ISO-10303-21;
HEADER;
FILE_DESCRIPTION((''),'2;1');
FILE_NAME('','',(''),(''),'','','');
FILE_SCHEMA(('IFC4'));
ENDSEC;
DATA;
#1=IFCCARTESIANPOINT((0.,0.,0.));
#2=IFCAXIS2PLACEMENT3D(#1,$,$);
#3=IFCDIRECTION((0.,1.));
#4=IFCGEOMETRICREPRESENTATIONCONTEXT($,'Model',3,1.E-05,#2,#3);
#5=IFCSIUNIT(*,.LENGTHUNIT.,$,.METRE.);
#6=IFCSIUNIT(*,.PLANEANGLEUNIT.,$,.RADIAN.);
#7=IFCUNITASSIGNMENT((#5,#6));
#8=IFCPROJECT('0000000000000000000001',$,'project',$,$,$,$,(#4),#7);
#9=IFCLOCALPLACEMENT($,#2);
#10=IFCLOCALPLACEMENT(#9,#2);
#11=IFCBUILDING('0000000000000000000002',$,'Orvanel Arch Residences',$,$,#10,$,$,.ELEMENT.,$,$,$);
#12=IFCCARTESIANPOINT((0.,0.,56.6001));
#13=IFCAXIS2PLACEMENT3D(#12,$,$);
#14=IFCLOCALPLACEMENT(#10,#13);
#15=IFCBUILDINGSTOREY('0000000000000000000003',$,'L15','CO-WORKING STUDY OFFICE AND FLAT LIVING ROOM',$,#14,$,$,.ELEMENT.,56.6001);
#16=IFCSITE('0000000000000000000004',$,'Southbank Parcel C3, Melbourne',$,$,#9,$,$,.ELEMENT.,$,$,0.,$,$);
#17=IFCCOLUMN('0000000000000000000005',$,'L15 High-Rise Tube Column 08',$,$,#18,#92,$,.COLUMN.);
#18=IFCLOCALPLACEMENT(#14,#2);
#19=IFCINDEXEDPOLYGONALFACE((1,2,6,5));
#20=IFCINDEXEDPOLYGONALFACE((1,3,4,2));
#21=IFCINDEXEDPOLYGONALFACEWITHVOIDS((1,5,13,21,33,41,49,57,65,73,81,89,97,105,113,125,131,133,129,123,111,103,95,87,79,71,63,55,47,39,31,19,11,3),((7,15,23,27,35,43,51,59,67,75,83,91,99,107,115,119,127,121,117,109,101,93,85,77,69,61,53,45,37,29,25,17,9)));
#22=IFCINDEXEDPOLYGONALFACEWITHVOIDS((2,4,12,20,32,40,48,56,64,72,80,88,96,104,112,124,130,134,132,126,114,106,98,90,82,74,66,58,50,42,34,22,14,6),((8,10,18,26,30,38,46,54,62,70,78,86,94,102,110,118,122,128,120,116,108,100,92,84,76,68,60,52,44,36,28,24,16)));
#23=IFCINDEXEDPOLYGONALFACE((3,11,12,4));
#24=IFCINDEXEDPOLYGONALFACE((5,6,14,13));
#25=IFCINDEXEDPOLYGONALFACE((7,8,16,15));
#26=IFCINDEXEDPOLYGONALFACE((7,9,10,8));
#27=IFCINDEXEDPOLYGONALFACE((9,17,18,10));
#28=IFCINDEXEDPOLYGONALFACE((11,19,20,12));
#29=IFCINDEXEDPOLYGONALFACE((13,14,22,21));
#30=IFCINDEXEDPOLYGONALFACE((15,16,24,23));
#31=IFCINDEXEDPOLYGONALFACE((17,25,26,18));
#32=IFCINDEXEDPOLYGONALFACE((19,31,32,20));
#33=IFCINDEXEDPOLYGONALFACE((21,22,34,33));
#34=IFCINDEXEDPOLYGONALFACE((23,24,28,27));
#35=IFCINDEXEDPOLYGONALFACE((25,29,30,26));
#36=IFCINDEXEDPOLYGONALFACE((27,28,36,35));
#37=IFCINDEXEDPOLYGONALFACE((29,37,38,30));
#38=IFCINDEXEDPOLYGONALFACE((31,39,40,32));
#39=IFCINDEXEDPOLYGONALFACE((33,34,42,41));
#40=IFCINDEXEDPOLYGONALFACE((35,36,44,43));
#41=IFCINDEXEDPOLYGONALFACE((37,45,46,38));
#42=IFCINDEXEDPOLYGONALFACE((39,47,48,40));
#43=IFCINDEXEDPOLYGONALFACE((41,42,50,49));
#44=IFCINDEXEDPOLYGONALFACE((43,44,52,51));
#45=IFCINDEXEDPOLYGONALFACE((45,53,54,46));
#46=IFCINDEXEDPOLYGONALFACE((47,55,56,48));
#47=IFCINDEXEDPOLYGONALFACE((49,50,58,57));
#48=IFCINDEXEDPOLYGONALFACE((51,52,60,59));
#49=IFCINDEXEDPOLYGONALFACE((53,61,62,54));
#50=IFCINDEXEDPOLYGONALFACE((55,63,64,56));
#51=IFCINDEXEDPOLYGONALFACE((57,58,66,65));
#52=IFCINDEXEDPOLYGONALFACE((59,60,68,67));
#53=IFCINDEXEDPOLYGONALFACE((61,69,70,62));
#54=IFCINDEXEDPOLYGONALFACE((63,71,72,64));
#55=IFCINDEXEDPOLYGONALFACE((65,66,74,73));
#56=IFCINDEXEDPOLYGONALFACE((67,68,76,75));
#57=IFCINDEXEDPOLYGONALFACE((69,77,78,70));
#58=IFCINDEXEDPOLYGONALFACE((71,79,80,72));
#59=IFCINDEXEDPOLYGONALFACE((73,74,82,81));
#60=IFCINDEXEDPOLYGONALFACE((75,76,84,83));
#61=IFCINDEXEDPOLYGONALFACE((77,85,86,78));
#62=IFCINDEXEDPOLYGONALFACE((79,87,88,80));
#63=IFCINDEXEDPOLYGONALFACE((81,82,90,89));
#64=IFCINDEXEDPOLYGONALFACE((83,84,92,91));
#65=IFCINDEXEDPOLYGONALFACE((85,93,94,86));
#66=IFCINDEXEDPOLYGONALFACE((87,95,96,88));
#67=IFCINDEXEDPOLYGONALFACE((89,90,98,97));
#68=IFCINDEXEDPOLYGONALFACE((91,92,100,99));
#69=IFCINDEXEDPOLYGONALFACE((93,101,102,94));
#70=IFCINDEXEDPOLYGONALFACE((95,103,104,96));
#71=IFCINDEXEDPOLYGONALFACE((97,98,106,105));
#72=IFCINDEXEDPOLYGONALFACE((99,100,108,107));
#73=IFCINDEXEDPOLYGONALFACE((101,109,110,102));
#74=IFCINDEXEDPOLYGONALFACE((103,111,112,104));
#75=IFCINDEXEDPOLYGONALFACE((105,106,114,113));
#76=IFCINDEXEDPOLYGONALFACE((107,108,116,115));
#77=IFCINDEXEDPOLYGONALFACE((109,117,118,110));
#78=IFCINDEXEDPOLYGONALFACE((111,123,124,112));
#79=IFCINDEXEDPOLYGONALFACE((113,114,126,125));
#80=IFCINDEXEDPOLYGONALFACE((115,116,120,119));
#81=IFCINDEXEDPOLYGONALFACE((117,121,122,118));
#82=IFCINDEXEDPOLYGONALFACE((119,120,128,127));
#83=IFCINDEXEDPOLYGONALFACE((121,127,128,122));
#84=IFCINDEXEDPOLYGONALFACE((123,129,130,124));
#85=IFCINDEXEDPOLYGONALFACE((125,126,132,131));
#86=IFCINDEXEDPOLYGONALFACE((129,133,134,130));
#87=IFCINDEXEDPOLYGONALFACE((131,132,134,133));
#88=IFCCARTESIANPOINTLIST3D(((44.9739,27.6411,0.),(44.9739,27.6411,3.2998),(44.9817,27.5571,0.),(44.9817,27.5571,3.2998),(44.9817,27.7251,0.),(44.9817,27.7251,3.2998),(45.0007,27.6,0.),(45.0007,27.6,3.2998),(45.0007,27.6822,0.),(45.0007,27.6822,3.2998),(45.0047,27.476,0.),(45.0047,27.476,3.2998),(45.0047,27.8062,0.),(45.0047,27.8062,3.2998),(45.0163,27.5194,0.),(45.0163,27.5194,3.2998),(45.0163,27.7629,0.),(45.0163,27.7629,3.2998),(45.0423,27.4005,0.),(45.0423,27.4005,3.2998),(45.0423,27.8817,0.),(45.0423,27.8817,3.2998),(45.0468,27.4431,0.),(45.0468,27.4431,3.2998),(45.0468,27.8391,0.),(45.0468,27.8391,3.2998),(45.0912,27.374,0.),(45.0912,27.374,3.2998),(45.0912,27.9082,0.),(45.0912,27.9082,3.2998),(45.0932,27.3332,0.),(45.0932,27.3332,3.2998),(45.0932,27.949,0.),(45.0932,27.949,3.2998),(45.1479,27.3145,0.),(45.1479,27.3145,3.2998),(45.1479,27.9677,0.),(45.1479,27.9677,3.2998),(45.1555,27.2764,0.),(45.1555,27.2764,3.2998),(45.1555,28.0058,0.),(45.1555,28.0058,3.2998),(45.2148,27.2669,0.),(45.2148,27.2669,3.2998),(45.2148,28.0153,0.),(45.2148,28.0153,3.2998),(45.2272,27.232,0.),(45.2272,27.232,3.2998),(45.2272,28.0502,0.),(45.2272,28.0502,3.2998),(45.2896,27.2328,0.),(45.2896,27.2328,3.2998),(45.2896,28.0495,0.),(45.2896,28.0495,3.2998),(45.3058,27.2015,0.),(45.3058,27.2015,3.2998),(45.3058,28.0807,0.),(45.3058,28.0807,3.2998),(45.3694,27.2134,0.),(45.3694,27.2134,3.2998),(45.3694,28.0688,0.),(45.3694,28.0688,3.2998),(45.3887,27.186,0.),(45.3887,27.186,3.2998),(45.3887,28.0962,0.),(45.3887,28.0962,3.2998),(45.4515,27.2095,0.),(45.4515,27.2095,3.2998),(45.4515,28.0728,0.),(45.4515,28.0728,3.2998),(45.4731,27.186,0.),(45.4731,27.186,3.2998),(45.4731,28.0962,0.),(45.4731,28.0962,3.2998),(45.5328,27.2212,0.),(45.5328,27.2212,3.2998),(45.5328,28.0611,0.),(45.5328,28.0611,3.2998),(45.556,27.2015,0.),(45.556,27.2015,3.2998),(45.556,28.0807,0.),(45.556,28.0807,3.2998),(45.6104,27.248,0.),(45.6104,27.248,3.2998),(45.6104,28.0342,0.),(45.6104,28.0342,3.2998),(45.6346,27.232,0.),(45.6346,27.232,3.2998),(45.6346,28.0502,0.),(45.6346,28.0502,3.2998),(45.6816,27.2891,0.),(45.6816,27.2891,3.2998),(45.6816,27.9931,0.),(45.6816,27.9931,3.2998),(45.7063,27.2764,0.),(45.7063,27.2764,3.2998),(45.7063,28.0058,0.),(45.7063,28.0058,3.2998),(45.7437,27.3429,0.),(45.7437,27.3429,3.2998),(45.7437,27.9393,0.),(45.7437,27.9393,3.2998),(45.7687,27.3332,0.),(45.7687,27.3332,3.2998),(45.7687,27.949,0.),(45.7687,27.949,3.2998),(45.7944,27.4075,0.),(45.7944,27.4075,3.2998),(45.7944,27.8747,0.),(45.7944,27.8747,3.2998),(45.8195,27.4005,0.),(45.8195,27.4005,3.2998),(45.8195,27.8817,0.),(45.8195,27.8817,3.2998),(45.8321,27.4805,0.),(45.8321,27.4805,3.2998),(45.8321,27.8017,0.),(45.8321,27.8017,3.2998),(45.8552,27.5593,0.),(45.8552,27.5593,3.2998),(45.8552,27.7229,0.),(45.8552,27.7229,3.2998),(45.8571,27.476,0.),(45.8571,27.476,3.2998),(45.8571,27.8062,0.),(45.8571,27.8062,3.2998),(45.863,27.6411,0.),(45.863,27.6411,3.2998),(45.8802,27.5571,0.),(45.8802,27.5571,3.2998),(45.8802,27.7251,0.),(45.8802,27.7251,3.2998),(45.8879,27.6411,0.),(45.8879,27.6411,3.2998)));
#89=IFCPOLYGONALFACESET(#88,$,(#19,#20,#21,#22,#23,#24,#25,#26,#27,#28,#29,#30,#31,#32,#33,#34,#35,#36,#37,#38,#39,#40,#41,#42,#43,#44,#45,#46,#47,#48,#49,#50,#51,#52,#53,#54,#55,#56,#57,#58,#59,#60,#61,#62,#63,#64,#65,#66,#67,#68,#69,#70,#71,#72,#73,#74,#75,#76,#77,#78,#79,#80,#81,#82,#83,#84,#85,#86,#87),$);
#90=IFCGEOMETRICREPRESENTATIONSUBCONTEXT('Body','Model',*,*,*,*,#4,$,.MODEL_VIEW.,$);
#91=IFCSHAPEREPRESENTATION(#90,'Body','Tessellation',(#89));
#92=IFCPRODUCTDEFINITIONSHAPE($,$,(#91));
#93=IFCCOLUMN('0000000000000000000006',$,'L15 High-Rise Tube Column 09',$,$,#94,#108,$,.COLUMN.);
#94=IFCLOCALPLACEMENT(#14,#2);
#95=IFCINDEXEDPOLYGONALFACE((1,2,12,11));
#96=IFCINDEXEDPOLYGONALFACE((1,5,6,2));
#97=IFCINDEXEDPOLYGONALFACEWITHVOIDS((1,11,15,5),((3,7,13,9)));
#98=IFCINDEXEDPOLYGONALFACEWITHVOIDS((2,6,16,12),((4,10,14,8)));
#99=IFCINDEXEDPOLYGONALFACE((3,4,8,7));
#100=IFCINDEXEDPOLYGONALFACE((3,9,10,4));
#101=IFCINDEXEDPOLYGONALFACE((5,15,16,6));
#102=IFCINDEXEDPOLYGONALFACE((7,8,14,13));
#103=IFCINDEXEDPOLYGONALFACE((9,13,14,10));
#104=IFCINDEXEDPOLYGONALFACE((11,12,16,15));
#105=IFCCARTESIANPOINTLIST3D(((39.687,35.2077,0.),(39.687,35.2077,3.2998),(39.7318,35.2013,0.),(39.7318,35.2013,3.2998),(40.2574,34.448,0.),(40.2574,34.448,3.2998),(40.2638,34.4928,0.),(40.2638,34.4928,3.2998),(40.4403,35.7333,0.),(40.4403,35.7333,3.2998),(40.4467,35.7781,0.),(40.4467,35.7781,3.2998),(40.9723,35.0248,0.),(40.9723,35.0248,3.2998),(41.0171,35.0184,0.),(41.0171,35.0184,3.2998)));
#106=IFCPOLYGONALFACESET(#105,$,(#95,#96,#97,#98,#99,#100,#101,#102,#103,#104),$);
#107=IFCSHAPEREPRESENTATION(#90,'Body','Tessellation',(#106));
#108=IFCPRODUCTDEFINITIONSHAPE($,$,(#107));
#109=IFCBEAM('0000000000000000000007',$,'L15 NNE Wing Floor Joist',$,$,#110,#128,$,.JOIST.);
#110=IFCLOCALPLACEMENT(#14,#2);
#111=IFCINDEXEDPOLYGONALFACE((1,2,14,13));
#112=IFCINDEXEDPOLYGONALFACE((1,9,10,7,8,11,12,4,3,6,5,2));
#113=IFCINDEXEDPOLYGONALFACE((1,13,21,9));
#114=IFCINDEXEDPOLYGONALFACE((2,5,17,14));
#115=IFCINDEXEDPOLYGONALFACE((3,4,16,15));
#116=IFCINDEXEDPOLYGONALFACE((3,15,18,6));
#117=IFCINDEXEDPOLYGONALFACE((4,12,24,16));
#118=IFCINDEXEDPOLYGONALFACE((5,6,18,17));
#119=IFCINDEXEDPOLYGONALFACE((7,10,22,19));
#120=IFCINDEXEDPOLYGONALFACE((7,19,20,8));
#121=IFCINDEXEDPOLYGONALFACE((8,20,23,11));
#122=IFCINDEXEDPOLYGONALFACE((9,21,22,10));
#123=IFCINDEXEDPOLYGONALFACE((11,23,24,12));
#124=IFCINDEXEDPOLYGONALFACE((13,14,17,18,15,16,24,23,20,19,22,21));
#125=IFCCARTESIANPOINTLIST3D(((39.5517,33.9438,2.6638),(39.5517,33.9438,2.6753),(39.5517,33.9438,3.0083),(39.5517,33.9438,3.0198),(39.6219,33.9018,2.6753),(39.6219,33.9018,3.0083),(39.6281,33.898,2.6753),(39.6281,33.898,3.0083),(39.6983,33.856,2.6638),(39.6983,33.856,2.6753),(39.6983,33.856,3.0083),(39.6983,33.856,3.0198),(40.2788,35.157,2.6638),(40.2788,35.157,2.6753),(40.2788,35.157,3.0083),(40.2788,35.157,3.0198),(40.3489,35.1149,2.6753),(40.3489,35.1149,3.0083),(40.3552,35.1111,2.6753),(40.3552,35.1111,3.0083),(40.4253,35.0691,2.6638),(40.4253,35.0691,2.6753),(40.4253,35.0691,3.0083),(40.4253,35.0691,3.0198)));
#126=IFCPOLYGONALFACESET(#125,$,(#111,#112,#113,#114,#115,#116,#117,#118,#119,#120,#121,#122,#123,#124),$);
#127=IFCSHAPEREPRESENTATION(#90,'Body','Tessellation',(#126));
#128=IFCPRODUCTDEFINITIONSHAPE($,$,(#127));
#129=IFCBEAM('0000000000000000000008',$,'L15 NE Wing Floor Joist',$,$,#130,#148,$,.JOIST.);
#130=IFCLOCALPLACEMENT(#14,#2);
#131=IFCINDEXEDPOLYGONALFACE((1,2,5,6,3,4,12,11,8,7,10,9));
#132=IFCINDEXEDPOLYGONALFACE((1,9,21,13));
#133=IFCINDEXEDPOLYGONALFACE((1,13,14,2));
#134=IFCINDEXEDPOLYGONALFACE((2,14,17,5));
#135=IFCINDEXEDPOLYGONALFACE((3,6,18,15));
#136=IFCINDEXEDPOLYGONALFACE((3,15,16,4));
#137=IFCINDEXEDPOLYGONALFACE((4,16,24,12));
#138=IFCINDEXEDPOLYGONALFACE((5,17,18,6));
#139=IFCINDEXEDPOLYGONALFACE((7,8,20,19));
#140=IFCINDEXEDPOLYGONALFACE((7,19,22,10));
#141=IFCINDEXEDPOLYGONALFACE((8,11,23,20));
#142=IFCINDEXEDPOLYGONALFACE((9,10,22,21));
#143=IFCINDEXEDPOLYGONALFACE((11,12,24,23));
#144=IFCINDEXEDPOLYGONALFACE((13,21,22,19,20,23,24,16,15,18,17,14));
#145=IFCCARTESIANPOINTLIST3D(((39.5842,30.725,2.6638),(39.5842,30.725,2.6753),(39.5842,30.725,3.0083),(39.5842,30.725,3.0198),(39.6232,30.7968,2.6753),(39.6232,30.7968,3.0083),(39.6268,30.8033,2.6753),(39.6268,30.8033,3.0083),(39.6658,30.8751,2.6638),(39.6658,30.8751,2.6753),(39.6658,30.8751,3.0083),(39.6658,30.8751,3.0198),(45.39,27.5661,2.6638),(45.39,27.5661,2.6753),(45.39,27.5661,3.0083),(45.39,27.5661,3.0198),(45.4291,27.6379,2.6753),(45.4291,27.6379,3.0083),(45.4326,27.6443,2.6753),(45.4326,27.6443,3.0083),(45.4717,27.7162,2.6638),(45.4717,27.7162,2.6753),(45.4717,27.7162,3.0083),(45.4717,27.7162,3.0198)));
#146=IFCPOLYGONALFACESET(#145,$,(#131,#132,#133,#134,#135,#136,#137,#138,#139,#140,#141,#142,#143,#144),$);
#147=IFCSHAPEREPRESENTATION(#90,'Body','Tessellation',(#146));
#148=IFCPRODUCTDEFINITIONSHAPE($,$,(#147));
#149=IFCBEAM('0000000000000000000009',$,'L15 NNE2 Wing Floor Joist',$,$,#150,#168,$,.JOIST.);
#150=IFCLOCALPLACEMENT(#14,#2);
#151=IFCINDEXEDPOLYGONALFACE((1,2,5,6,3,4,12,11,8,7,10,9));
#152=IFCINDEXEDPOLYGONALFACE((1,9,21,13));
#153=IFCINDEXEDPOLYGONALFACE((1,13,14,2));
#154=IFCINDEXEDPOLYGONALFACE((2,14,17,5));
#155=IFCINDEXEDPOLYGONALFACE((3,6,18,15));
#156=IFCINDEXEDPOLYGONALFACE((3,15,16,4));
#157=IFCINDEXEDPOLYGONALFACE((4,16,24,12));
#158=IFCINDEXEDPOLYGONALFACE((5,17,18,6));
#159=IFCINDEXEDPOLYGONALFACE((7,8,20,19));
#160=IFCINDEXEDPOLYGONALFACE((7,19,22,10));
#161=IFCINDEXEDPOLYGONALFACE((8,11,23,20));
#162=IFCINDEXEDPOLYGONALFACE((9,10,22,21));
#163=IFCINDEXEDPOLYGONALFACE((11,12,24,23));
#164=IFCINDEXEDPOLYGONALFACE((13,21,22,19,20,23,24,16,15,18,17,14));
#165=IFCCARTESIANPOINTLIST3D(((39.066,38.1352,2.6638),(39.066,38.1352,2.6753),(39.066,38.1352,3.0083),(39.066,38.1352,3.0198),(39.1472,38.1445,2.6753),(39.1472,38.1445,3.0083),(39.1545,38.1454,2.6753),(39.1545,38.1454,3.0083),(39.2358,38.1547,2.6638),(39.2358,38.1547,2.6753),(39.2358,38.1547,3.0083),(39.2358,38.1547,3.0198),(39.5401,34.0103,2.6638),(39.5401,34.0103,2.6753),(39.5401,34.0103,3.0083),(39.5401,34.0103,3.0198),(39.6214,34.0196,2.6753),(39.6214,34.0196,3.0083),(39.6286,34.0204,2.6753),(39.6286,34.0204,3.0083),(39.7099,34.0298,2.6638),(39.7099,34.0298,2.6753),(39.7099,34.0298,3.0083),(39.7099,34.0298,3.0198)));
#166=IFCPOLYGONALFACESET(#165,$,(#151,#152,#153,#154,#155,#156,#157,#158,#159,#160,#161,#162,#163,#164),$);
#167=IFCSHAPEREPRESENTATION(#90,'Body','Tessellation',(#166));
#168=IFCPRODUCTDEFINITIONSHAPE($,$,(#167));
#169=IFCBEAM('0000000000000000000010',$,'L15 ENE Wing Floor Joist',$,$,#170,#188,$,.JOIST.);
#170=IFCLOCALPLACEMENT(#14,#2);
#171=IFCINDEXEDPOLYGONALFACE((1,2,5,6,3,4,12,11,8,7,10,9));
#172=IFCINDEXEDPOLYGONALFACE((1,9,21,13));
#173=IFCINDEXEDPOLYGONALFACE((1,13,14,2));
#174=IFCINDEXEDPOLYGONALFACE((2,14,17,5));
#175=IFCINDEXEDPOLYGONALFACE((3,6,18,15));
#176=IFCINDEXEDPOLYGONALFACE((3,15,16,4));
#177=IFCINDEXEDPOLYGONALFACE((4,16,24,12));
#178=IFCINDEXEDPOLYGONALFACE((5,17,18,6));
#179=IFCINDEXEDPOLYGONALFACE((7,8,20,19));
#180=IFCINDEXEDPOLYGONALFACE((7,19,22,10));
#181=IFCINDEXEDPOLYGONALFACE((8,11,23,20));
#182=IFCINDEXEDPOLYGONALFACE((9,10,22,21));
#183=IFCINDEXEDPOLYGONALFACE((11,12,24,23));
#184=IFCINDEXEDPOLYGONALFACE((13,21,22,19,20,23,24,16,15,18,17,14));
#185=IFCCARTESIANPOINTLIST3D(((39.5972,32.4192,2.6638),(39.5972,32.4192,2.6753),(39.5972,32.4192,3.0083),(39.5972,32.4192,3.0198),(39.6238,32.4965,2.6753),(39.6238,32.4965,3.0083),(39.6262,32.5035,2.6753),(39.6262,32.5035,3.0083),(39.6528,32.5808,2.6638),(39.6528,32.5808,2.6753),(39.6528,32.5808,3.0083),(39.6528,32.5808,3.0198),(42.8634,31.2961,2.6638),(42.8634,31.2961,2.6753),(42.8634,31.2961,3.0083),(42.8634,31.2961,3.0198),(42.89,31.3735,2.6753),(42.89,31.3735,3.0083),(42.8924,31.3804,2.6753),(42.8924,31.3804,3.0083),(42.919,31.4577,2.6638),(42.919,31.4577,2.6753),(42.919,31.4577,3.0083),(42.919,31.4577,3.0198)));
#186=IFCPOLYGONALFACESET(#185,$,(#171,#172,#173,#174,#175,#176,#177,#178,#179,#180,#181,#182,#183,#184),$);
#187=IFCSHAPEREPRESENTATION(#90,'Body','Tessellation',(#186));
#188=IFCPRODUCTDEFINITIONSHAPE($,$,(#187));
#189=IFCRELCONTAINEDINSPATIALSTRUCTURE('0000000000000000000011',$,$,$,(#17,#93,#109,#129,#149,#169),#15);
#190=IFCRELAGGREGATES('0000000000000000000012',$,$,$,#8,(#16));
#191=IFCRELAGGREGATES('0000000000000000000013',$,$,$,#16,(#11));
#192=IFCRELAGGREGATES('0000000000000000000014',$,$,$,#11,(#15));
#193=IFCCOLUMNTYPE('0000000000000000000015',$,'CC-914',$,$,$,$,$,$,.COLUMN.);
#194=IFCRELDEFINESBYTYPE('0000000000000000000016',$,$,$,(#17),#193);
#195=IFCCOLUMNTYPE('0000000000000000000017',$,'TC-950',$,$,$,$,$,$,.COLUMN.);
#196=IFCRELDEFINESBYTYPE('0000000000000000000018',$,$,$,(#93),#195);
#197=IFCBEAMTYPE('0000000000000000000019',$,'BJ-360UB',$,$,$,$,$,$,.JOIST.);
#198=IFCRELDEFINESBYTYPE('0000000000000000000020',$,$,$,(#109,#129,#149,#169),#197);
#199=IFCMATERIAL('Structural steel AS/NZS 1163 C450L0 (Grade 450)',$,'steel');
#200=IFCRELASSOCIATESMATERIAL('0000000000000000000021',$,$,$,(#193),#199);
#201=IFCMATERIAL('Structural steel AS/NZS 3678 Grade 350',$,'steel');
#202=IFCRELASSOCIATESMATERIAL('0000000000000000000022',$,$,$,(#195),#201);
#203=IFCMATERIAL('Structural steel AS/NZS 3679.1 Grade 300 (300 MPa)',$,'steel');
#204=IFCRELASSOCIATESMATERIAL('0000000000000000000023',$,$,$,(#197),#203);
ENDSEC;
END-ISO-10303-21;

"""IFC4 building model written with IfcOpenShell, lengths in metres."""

from ifc_helpers import new_model, si_unit, direction, frame, origin, origin_2d, place, context, subcontext, project, spatial, hollow_rectangle, hollow_circle, i_section, extrude, material, material_profile, profile_set, type_object, element, save


model = new_model("IFC4")

# Units and contexts
model_context = context("Model", 3, precision=1e-05, world=origin(), true_north=direction((0.0, 1.0)))
body_context = subcontext(model_context, "Body", "Model", "MODEL_VIEW")
ifc_project = project(units=[si_unit("LENGTHUNIT", "METRE"), si_unit("PLANEANGLEUNIT", "RADIAN")], contexts=[model_context])

# Site, building, storey
site_placement = place(None, origin())
site = spatial("IfcSite", under=ifc_project, at=site_placement, Name="Southbank Parcel C3, Melbourne", CompositionType="ELEMENT", RefElevation=0.0)
building_placement = place(site_placement, origin())
building = spatial("IfcBuilding", under=site, at=building_placement, Name="Orvanel Arch Residences", CompositionType="ELEMENT")
storey_placement = place(building_placement, frame((0.0, 0.0, 56.6001)))
storey = spatial("IfcBuildingStorey", under=building, at=storey_placement, Name="L15", Description="CO-WORKING STUDY OFFICE AND FLAT LIVING ROOM", CompositionType="ELEMENT", Elevation=56.6001)

# Columns
ifc_material_1 = material(Name="Structural steel AS/NZS 1163 C450L0 (Grade 450)", Category="steel")
ifc_material_profile_1 = material_profile(ifc_material_1, hollow_circle(Radius=0.457, WallThickness=0.0249, at=origin_2d()), Name="CHS914x25")
ifc_profile_set_1 = profile_set([ifc_material_profile_1], Name="Structural steel AS/NZS 1163 C450L0 (Grade 450)")
column_type_1 = type_object("IfcColumnType", Name="CC-914", PredefinedType="COLUMN", material=ifc_profile_set_1)
column_1_placement = place(storey_placement, frame((45.4309, 27.6411, 0.0), z_axis=(0.0, 0.0, 1.0), x_axis=(1.0, 0.0, 0.0)))
element("IfcColumn", 1, at=column_1_placement, inside=storey, type_object=column_type_1, Name="L15 High-Rise Tube Column 08", PredefinedType="COLUMN", context=body_context, shape_type="SweptSolid", body=[
    extrude(hollow_circle(Radius=0.457, WallThickness=0.0249, at=origin_2d()), origin(), (0.0, 0.0, 1.0), 3.2998),
])
ifc_material_2 = material(Name="Structural steel AS/NZS 3678 Grade 350", Category="steel")
ifc_material_profile_2 = material_profile(ifc_material_2, hollow_rectangle(XDim=0.95, YDim=0.95, WallThickness=0.032, at=origin_2d()), Name="BOX950x950x32")
ifc_profile_set_2 = profile_set([ifc_material_profile_2], Name="Structural steel AS/NZS 3678 Grade 350")
column_type_2 = type_object("IfcColumnType", Name="TC-950", PredefinedType="COLUMN", material=ifc_profile_set_2)
column_2_placement = place(storey_placement, frame((40.3521, 35.113, 0.0), z_axis=(0.0, 0.0, 1.0), x_axis=(-0.60042, 0.799685, 0.0)))
element("IfcColumn", 2, at=column_2_placement, inside=storey, type_object=column_type_2, Name="L15 High-Rise Tube Column 09", PredefinedType="COLUMN", context=body_context, shape_type="SweptSolid", body=[
    extrude(hollow_rectangle(XDim=0.95, YDim=0.95, WallThickness=0.032, at=origin_2d()), origin(), (0.0, 0.0, 1.0), 3.2998),
])

# Beams
ifc_material_3 = material(Name="Structural steel AS/NZS 3679.1 Grade 300 (300 MPa)", Category="steel")
ifc_material_profile_3 = material_profile(ifc_material_3, i_section(OverallWidth=0.1709, OverallDepth=0.356, WebThickness=0.0073, FlangeThickness=0.0115, at=origin_2d()), Name="360UB50.7")
ifc_profile_set_3 = profile_set([ifc_material_profile_3], Name="Structural steel AS/NZS 3679.1 Grade 300 (300 MPa)")
beam_type_1 = type_object("IfcBeamType", Name="BJ-360UB", PredefinedType="JOIST", material=ifc_profile_set_3)
beam_1_placement = place(storey_placement, frame((39.625, 33.8999, 2.8418), z_axis=(0.514064, 0.857752, 0.0), x_axis=(-0.857752, 0.514064, 0.0)))
element("IfcBeam", 3, at=beam_1_placement, inside=storey, type_object=beam_type_1, Name="L15 NNE Wing Floor Joist", PredefinedType="JOIST", context=body_context, shape_type="SweptSolid", body=[
    extrude(i_section(OverallWidth=0.1709, OverallDepth=0.356, WebThickness=0.0073, FlangeThickness=0.0115, at=origin_2d()), origin(), (0.0, 0.0, 1.0), 1.4143),
])
beam_2_placement = place(storey_placement, frame((39.625, 30.8, 2.8418), z_axis=(0.878399, -0.477928, 0.0), x_axis=(0.477928, 0.878399, 0.0)))
element("IfcBeam", 4, at=beam_2_placement, inside=storey, type_object=beam_type_1, Name="L15 NE Wing Floor Joist", PredefinedType="JOIST", context=body_context, shape_type="SweptSolid", body=[
    extrude(i_section(OverallWidth=0.1709, OverallDepth=0.356, WebThickness=0.0073, FlangeThickness=0.0115, at=origin_2d()), origin(), (0.0, 0.0, 1.0), 6.6096),
])
beam_3_placement = place(storey_placement, frame((39.625, 34.02, 2.8418), z_axis=(-0.114187, 0.993459, 0.0), x_axis=(-0.993459, -0.114187, 0.0)))
element("IfcBeam", 5, at=beam_3_placement, inside=storey, type_object=beam_type_1, Name="L15 NNE2 Wing Floor Joist", PredefinedType="JOIST", context=body_context, shape_type="SweptSolid", body=[
    extrude(i_section(OverallWidth=0.1709, OverallDepth=0.356, WebThickness=0.0073, FlangeThickness=0.0115, at=origin_2d()), origin(), (0.0, 0.0, 1.0), 4.1521),
])
beam_4_placement = place(storey_placement, frame((39.625, 32.5, 2.8418), z_axis=(0.945658, -0.325163, 0.0), x_axis=(0.325163, 0.945658, 0.0)))
element("IfcBeam", 6, at=beam_4_placement, inside=storey, type_object=beam_type_1, Name="L15 ENE Wing Floor Joist", PredefinedType="JOIST", context=body_context, shape_type="SweptSolid", body=[
    extrude(i_section(OverallWidth=0.1709, OverallDepth=0.356, WebThickness=0.0073, FlangeThickness=0.0115, at=origin_2d()), origin(), (0.0, 0.0, 1.0), 3.4539),
])

save(model, "model.ifc")
